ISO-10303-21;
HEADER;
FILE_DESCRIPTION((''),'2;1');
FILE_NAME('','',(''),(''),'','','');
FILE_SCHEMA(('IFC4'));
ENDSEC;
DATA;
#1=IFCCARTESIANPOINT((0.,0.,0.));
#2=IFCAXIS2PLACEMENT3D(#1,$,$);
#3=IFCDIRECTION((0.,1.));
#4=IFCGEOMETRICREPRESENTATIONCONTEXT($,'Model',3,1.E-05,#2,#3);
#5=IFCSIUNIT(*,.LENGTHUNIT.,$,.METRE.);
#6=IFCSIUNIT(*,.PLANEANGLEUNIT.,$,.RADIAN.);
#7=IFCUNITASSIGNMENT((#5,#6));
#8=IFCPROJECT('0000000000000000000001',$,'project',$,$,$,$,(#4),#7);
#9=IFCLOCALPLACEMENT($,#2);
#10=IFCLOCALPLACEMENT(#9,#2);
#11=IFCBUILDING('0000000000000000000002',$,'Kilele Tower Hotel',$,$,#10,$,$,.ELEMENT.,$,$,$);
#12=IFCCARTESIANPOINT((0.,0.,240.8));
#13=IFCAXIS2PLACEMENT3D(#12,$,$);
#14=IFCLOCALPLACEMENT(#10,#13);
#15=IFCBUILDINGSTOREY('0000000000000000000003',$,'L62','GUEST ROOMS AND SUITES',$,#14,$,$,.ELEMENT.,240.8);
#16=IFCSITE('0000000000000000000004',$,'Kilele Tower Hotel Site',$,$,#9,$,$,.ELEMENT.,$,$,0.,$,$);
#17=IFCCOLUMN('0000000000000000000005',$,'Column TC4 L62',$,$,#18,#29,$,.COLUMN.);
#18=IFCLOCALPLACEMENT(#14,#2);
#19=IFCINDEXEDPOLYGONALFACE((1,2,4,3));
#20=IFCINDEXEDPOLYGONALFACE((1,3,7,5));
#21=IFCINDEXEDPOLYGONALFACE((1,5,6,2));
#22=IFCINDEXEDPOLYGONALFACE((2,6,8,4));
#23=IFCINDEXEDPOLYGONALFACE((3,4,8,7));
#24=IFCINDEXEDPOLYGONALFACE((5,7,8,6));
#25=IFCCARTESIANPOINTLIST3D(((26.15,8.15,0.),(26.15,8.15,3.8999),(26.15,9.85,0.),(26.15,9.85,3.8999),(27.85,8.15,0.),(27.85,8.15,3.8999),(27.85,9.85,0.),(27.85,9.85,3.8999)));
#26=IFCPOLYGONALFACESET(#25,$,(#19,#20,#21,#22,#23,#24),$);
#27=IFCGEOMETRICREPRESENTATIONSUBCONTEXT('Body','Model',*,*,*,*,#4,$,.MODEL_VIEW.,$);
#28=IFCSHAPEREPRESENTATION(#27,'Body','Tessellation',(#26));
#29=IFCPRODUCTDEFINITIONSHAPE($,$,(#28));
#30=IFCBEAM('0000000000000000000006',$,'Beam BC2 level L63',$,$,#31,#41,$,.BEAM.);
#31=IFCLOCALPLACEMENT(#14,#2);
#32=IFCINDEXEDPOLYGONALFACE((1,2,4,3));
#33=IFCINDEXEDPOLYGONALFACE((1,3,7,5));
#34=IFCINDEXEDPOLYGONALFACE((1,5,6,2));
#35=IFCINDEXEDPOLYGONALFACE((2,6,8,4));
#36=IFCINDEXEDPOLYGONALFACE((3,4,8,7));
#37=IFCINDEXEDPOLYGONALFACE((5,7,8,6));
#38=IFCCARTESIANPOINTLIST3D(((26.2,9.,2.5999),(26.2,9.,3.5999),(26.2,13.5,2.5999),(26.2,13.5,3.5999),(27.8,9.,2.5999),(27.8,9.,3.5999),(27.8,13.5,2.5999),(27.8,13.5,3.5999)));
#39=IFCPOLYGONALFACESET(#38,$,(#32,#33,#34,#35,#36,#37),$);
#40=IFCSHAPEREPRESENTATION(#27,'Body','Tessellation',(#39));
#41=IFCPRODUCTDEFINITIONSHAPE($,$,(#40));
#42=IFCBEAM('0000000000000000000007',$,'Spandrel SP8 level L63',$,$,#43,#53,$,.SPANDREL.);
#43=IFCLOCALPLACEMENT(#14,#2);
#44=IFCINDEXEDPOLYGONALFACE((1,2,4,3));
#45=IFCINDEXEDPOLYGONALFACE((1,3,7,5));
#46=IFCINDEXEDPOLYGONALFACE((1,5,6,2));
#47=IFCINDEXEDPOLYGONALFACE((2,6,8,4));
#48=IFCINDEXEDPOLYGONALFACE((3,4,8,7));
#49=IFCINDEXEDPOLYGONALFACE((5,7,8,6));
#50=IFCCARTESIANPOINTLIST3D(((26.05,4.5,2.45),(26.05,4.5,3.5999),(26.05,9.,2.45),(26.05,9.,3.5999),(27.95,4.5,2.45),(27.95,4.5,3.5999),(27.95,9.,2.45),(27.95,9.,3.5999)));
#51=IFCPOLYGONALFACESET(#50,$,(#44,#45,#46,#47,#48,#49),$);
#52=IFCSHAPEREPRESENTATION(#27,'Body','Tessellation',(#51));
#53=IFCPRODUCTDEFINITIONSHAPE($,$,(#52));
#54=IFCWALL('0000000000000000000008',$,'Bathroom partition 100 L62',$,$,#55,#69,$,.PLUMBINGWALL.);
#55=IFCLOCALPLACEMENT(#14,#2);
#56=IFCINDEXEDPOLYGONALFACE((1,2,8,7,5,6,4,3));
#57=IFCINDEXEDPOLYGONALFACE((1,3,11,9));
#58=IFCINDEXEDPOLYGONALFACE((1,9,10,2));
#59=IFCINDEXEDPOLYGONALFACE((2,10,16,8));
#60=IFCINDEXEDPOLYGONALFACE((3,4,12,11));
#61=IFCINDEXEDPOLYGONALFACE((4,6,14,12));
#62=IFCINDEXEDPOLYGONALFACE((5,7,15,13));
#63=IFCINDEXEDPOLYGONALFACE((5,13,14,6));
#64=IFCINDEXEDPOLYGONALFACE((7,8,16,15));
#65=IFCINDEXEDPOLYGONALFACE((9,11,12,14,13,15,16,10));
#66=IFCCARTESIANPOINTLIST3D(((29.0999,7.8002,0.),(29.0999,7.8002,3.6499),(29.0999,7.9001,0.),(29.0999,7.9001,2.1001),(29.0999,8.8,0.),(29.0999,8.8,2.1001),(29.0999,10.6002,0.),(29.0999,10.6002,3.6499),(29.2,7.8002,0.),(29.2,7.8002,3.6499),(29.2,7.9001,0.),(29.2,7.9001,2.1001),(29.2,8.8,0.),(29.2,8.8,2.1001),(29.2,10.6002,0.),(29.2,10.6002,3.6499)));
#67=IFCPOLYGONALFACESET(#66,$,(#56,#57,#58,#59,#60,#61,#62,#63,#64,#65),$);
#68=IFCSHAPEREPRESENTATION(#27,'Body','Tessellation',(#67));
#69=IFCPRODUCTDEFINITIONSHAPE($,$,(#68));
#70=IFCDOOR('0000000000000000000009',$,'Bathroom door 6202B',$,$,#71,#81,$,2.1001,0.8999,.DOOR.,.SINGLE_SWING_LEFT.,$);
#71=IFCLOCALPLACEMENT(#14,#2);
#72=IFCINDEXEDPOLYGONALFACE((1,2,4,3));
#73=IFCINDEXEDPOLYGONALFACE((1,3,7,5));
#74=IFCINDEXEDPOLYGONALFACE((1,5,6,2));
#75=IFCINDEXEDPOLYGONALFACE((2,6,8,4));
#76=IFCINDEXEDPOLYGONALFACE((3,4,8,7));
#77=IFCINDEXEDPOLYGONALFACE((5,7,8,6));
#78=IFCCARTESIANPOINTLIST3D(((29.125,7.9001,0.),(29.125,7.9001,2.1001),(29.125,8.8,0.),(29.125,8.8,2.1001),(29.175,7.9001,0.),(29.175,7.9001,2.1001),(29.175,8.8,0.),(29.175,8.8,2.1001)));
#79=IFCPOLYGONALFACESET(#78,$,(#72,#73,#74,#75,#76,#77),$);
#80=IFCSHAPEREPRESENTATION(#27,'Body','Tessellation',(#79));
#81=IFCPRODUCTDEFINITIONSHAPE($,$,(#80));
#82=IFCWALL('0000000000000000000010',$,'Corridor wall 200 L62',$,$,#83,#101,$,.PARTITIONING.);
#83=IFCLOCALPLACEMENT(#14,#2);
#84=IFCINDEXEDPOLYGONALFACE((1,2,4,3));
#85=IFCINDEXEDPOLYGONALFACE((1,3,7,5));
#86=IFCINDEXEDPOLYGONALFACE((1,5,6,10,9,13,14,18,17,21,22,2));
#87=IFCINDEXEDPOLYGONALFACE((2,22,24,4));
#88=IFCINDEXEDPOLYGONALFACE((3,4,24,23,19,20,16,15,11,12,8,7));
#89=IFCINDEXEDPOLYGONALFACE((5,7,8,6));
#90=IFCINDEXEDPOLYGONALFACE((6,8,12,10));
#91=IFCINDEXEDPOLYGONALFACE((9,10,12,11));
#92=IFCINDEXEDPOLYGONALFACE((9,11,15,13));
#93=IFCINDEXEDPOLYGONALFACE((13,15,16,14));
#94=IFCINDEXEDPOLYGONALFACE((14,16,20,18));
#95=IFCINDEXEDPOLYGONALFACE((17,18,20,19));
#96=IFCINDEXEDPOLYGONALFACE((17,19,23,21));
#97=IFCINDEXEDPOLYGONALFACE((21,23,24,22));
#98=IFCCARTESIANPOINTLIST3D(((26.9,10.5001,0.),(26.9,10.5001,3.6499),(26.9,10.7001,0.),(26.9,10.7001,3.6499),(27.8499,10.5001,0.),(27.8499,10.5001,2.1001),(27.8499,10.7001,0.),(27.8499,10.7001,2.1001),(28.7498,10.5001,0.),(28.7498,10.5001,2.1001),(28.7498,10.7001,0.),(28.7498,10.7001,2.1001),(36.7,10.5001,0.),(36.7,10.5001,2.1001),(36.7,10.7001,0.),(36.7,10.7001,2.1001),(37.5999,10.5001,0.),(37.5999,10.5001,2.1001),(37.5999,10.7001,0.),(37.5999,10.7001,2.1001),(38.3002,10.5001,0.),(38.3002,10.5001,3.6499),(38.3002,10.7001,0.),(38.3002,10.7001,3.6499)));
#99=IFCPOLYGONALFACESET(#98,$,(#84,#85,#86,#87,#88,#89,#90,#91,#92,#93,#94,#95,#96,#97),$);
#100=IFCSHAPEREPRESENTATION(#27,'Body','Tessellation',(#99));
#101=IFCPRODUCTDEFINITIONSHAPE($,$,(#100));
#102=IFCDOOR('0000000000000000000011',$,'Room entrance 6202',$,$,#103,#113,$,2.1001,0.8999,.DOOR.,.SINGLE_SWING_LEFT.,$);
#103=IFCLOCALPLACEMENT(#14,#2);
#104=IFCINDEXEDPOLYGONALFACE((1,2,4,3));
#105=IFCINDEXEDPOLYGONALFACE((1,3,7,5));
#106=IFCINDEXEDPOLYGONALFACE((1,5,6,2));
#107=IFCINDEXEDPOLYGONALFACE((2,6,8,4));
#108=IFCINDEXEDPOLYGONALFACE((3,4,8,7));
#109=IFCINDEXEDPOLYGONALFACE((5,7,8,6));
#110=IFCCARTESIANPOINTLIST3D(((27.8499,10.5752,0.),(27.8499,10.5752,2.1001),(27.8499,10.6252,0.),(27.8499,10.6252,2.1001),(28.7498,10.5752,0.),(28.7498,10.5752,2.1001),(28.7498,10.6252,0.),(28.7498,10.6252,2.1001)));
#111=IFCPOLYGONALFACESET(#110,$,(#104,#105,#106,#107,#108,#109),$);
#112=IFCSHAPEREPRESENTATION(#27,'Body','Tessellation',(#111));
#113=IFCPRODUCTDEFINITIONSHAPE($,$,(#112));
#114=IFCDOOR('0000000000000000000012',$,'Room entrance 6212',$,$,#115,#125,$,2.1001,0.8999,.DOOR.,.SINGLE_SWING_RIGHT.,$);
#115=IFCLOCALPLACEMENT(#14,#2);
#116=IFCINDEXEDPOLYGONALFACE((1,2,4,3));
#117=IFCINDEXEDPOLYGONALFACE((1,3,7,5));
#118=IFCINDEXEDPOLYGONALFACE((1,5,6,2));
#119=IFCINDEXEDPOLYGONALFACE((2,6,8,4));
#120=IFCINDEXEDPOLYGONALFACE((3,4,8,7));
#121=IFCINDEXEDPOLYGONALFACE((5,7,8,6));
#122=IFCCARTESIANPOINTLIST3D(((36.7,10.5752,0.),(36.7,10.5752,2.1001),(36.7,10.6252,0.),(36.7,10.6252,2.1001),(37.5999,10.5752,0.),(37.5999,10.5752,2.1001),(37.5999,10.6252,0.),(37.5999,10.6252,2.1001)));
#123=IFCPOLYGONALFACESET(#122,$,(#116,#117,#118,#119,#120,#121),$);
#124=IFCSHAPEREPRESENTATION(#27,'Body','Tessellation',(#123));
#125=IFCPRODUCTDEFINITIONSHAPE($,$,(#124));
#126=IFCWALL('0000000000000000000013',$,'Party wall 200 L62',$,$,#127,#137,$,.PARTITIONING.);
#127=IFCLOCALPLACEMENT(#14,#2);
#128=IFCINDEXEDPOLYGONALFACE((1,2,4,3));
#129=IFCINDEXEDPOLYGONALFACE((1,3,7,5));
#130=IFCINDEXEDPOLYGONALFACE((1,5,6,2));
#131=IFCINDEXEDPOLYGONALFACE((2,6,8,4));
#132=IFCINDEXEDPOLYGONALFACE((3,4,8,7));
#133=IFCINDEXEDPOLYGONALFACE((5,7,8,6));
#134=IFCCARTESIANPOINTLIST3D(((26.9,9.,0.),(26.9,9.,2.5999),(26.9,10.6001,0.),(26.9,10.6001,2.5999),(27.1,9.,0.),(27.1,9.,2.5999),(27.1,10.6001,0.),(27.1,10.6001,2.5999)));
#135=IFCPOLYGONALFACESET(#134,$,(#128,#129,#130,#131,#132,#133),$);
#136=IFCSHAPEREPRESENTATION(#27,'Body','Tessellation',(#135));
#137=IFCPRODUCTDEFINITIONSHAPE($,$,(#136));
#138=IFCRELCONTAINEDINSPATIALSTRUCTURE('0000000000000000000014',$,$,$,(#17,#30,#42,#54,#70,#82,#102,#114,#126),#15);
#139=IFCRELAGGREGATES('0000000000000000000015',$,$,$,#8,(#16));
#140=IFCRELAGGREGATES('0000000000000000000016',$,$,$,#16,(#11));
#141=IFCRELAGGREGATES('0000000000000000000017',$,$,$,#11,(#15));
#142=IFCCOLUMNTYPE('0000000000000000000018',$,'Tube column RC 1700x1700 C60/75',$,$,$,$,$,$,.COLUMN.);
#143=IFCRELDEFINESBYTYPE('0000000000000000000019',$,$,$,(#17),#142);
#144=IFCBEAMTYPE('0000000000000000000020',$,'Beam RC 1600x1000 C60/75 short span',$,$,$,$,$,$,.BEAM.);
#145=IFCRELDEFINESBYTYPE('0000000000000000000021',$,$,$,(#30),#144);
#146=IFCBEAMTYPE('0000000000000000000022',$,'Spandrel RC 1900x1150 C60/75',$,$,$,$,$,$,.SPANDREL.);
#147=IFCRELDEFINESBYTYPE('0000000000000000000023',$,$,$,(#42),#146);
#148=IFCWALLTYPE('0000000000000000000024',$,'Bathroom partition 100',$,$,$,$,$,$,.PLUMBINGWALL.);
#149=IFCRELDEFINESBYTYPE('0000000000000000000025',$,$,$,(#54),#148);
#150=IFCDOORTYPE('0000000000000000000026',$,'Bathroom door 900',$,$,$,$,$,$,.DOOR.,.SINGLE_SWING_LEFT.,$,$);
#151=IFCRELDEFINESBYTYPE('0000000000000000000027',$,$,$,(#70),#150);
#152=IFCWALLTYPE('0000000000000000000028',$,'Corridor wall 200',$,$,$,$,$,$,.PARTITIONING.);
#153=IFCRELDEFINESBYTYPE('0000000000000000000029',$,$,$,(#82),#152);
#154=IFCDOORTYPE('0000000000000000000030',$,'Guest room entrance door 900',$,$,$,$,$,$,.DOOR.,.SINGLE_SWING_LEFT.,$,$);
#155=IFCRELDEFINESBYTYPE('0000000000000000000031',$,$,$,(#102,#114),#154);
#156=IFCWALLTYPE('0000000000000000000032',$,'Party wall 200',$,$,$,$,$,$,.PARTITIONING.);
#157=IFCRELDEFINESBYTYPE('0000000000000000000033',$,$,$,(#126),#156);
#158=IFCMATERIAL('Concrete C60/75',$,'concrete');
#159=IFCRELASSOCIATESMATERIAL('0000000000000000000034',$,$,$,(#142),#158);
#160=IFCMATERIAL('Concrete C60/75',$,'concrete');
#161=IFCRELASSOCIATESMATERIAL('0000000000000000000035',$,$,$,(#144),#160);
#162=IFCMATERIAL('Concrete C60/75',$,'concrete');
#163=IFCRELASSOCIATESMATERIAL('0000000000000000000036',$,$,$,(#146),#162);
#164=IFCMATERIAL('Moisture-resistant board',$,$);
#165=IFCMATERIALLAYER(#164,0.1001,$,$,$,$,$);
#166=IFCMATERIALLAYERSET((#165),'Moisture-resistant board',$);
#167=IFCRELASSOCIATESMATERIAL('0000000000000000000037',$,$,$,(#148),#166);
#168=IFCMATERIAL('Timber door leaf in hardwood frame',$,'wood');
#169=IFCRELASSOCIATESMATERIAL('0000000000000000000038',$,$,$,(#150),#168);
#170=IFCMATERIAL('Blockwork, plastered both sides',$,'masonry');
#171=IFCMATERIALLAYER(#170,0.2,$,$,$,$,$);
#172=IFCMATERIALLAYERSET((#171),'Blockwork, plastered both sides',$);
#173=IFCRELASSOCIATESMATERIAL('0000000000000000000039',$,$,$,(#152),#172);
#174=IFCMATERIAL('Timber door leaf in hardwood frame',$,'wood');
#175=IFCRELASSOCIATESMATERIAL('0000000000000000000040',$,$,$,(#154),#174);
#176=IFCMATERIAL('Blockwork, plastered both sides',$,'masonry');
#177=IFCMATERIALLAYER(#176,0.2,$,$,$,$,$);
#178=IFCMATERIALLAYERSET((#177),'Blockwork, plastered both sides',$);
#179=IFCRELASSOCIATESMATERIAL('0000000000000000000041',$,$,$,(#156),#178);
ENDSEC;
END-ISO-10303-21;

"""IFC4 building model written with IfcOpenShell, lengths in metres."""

from ifc_helpers import new_model, si_unit, direction, frame, frame_2d, origin, origin_2d, place, context, subcontext, project, spatial, rectangle, extrude, material, layer, layer_set, material_profile, profile_set, type_object, element, fill, save


model = new_model("IFC4")

# Units and contexts
model_context = context("Model", 3, precision=1e-05, world=origin(), true_north=direction((0.0, 1.0)))
body_context = subcontext(model_context, "Body", "Model", "MODEL_VIEW")
ifc_project = project(units=[si_unit("LENGTHUNIT", "METRE"), si_unit("PLANEANGLEUNIT", "RADIAN")], contexts=[model_context])

# Site, building, storey
site_placement = place(None, origin())
site = spatial("IfcSite", under=ifc_project, at=site_placement, Name="Kilele Tower Hotel Site", CompositionType="ELEMENT", RefElevation=0.0)
building_placement = place(site_placement, origin())
building = spatial("IfcBuilding", under=site, at=building_placement, Name="Kilele Tower Hotel", CompositionType="ELEMENT")
storey_placement = place(building_placement, frame((0.0, 0.0, 240.8)))
storey = spatial("IfcBuildingStorey", under=building, at=storey_placement, Name="L62", Description="GUEST ROOMS AND SUITES", CompositionType="ELEMENT", Elevation=240.8)

# Column
ifc_material_1 = material(Name="Concrete C60/75", Category="concrete")
ifc_material_profile_1 = material_profile(ifc_material_1, rectangle(XDim=1.7, YDim=1.7, at=origin_2d()))
ifc_profile_set_1 = profile_set([ifc_material_profile_1], Name="Concrete C60/75")
column_type = type_object("IfcColumnType", Name="Tube column RC 1700x1700 C60/75", PredefinedType="COLUMN", material=ifc_profile_set_1)
column_placement = place(storey_placement, frame((27.0, 9.0, 0.0), z_axis=(0.0, 0.0, 1.0), x_axis=(1.0, 0.0, 0.0)))
element("IfcColumn", 1, at=column_placement, inside=storey, type_object=column_type, Name="Column TC4 L62", PredefinedType="COLUMN", context=body_context, shape_type="SweptSolid", body=[
    extrude(rectangle(XDim=1.7, YDim=1.7, at=origin_2d()), origin(), (0.0, 0.0, 1.0), 3.8999),
])

# Beams
ifc_material_2 = material(Name="Concrete C60/75", Category="concrete")
ifc_material_profile_2 = material_profile(ifc_material_2, rectangle(XDim=1.6001, YDim=1.0, at=origin_2d()))
ifc_profile_set_2 = profile_set([ifc_material_profile_2], Name="Concrete C60/75")
beam_type_1 = type_object("IfcBeamType", Name="Beam RC 1600x1000 C60/75 short span", PredefinedType="BEAM", material=ifc_profile_set_2)
beam_1_placement = place(storey_placement, frame((27.0, 9.0, 3.0999), z_axis=(0.0, 1.0, 0.0), x_axis=(-1.0, 0.0, 0.0)))
element("IfcBeam", 2, at=beam_1_placement, inside=storey, type_object=beam_type_1, Name="Beam BC2 level L63", PredefinedType="BEAM", context=body_context, shape_type="SweptSolid", body=[
    extrude(rectangle(XDim=1.6001, YDim=1.0, at=origin_2d()), origin(), (0.0, 0.0, 1.0), 4.5),
])
ifc_material_3 = material(Name="Concrete C60/75", Category="concrete")
ifc_material_profile_3 = material_profile(ifc_material_3, rectangle(XDim=1.8999, YDim=1.1499, at=origin_2d()))
ifc_profile_set_3 = profile_set([ifc_material_profile_3], Name="Concrete C60/75")
beam_type_2 = type_object("IfcBeamType", Name="Spandrel RC 1900x1150 C60/75", PredefinedType="SPANDREL", material=ifc_profile_set_3)
beam_2_placement = place(storey_placement, frame((27.0, 9.0, 3.0249), z_axis=(0.0, -1.0, 0.0), x_axis=(1.0, 0.0, 0.0)))
element("IfcBeam", 3, at=beam_2_placement, inside=storey, type_object=beam_type_2, Name="Spandrel SP8 level L63", PredefinedType="SPANDREL", context=body_context, shape_type="SweptSolid", body=[
    extrude(rectangle(XDim=1.8999, YDim=1.1499, at=origin_2d()), origin(), (0.0, 0.0, 1.0), 4.5),
])

# Wall, opening, door
ifc_material_4 = material(Name="Moisture-resistant board")
ifc_layer_1 = layer(ifc_material_4, 0.1001)
ifc_layer_set_1 = layer_set([ifc_layer_1], Name="Moisture-resistant board")
wall_type_1 = type_object("IfcWallType", Name="Bathroom partition 100", PredefinedType="PLUMBINGWALL", material=ifc_layer_set_1)
wall_1_placement = place(storey_placement, frame((29.1499, 10.6001, 0.0), z_axis=(0.0, 0.0, 1.0), x_axis=(0.0, -1.0, 0.0)))
wall_1 = element("IfcWall", 4, at=wall_1_placement, inside=storey, type_object=wall_type_1, Name="Bathroom partition 100 L62", PredefinedType="PLUMBINGWALL", context=body_context, shape_type="SweptSolid", body=[
    extrude(rectangle(XDim=2.8, YDim=0.1001, at=frame_2d((1.3999, 0.0))), origin(), (0.0, 0.0, 1.0), 3.6499),
])
opening_1_placement = place(wall_1_placement, frame((2.7, 0.0, 0.0), z_axis=(0.0, 0.0, 1.0), x_axis=(-1.0, 0.0, 0.0)))
opening_1 = element("IfcOpeningElement", 5, at=opening_1_placement, cuts=wall_1, PredefinedType="OPENING", context=body_context, shape_type="SweptSolid", body=[
    extrude(rectangle(XDim=0.8999, YDim=2.1001, at=frame_2d((0.45, 1.05))), frame((0.0, 0.0601, 0.0), z_axis=(0.0, -1.0, 0.0), x_axis=(1.0, 0.0, 0.0)), (0.0, 0.0, 1.0), 0.1201),
])
ifc_material_5 = material(Name="Timber door leaf in hardwood frame", Category="wood")
door_type_1 = type_object("IfcDoorType", Name="Bathroom door 900", OperationType="SINGLE_SWING_LEFT", PredefinedType="DOOR", material=ifc_material_5)
door_1_placement = place(opening_1_placement, origin())
door_1 = element("IfcDoor", 6, at=door_1_placement, inside=storey, type_object=door_type_1, Name="Bathroom door 6202B", OperationType="SINGLE_SWING_LEFT", OverallHeight=2.1001, OverallWidth=0.8999, PredefinedType="DOOR", context=body_context, shape_type="SweptSolid", body=[
    extrude(rectangle(XDim=0.8999, YDim=2.1001, at=frame_2d((0.45, 1.05))), frame((0.0, 0.0249, 0.0), z_axis=(0.0, -1.0, 0.0), x_axis=(1.0, 0.0, 0.0)), (0.0, 0.0, 1.0), 0.05),
])
fill(opening_1, door_1)

# Wall, openings, doors
ifc_material_6 = material(Name="Blockwork, plastered both sides", Category="masonry")
ifc_layer_2 = layer(ifc_material_6, 0.2)
ifc_layer_set_2 = layer_set([ifc_layer_2], Name="Blockwork, plastered both sides")
wall_type_2 = type_object("IfcWallType", Name="Corridor wall 200", PredefinedType="PARTITIONING", material=ifc_layer_set_2)
wall_2_placement = place(storey_placement, frame((26.8999, 10.6001, 0.0), z_axis=(0.0, 0.0, 1.0), x_axis=(1.0, 0.0, 0.0)))
wall_2 = element("IfcWall", 7, at=wall_2_placement, inside=storey, type_object=wall_type_2, Name="Corridor wall 200 L62", PredefinedType="PARTITIONING", context=body_context, shape_type="SweptSolid", body=[
    extrude(rectangle(XDim=11.4001, YDim=0.2, at=frame_2d((5.7002, 0.0))), origin(), (0.0, 0.0, 1.0), 3.6499),
])
opening_2_placement = place(wall_2_placement, frame((1.8499, 0.0, 0.0), z_axis=(0.0, 0.0, 1.0), x_axis=(-1.0, 0.0, 0.0)))
opening_2 = element("IfcOpeningElement", 8, at=opening_2_placement, cuts=wall_2, PredefinedType="OPENING", context=body_context, shape_type="SweptSolid", body=[
    extrude(rectangle(XDim=0.8999, YDim=2.1001, at=frame_2d((0.45, 1.05))), frame((0.0, 0.1099, 0.0), z_axis=(0.0, -1.0, 0.0), x_axis=(1.0, 0.0, 0.0)), (0.0, 0.0, 1.0), 0.22),
])
opening_3_placement = place(wall_2_placement, frame((10.7, 0.0, 0.0), z_axis=(0.0, 0.0, 1.0), x_axis=(-1.0, 0.0, 0.0)))
opening_3 = element("IfcOpeningElement", 9, at=opening_3_placement, cuts=wall_2, PredefinedType="OPENING", context=body_context, shape_type="SweptSolid", body=[
    extrude(rectangle(XDim=0.8999, YDim=2.1001, at=frame_2d((0.45, 1.05))), frame((0.0, 0.1099, 0.0), z_axis=(0.0, -1.0, 0.0), x_axis=(1.0, 0.0, 0.0)), (0.0, 0.0, 1.0), 0.22),
])
ifc_material_7 = material(Name="Timber door leaf in hardwood frame", Category="wood")
door_type_2 = type_object("IfcDoorType", Name="Guest room entrance door 900", OperationType="SINGLE_SWING_LEFT", PredefinedType="DOOR", material=ifc_material_7)
door_2_placement = place(opening_2_placement, origin())
door_2 = element("IfcDoor", 10, at=door_2_placement, inside=storey, type_object=door_type_2, Name="Room entrance 6202", OperationType="SINGLE_SWING_LEFT", OverallHeight=2.1001, OverallWidth=0.8999, PredefinedType="DOOR", context=body_context, shape_type="SweptSolid", body=[
    extrude(rectangle(XDim=0.8999, YDim=2.1001, at=frame_2d((0.45, 1.05))), frame((0.0, 0.0249, 0.0), z_axis=(0.0, -1.0, 0.0), x_axis=(1.0, 0.0, 0.0)), (0.0, 0.0, 1.0), 0.05),
])
fill(opening_2, door_2)
door_3_placement = place(opening_3_placement, origin())
door_3 = element("IfcDoor", 11, at=door_3_placement, inside=storey, type_object=door_type_2, Name="Room entrance 6212", OperationType="SINGLE_SWING_RIGHT", OverallHeight=2.1001, OverallWidth=0.8999, PredefinedType="DOOR", context=body_context, shape_type="SweptSolid", body=[
    extrude(rectangle(XDim=0.8999, YDim=2.1001, at=frame_2d((0.45, 1.05))), frame((0.0, 0.0249, 0.0), z_axis=(0.0, -1.0, 0.0), x_axis=(1.0, 0.0, 0.0)), (0.0, 0.0, 1.0), 0.05),
])
fill(opening_3, door_3)

# Wall
ifc_material_8 = material(Name="Blockwork, plastered both sides", Category="masonry")
ifc_layer_3 = layer(ifc_material_8, 0.2)
ifc_layer_set_3 = layer_set([ifc_layer_3], Name="Blockwork, plastered both sides")
wall_type_3 = type_object("IfcWallType", Name="Party wall 200", PredefinedType="PARTITIONING", material=ifc_layer_set_3)
wall_3_placement = place(storey_placement, frame((27.0, 10.6001, 0.0), z_axis=(0.0, 0.0, 1.0), x_axis=(0.0, -1.0, 0.0)))
element("IfcWall", 12, at=wall_3_placement, inside=storey, type_object=wall_type_3, Name="Party wall 200 L62", PredefinedType="PARTITIONING", context=body_context, shape_type="SweptSolid", body=[
    extrude(rectangle(XDim=1.6001, YDim=0.2, at=frame_2d((0.8, 0.0))), origin(), (0.0, 0.0, 1.0), 2.5999),
])

save(model, "model.ifc")
